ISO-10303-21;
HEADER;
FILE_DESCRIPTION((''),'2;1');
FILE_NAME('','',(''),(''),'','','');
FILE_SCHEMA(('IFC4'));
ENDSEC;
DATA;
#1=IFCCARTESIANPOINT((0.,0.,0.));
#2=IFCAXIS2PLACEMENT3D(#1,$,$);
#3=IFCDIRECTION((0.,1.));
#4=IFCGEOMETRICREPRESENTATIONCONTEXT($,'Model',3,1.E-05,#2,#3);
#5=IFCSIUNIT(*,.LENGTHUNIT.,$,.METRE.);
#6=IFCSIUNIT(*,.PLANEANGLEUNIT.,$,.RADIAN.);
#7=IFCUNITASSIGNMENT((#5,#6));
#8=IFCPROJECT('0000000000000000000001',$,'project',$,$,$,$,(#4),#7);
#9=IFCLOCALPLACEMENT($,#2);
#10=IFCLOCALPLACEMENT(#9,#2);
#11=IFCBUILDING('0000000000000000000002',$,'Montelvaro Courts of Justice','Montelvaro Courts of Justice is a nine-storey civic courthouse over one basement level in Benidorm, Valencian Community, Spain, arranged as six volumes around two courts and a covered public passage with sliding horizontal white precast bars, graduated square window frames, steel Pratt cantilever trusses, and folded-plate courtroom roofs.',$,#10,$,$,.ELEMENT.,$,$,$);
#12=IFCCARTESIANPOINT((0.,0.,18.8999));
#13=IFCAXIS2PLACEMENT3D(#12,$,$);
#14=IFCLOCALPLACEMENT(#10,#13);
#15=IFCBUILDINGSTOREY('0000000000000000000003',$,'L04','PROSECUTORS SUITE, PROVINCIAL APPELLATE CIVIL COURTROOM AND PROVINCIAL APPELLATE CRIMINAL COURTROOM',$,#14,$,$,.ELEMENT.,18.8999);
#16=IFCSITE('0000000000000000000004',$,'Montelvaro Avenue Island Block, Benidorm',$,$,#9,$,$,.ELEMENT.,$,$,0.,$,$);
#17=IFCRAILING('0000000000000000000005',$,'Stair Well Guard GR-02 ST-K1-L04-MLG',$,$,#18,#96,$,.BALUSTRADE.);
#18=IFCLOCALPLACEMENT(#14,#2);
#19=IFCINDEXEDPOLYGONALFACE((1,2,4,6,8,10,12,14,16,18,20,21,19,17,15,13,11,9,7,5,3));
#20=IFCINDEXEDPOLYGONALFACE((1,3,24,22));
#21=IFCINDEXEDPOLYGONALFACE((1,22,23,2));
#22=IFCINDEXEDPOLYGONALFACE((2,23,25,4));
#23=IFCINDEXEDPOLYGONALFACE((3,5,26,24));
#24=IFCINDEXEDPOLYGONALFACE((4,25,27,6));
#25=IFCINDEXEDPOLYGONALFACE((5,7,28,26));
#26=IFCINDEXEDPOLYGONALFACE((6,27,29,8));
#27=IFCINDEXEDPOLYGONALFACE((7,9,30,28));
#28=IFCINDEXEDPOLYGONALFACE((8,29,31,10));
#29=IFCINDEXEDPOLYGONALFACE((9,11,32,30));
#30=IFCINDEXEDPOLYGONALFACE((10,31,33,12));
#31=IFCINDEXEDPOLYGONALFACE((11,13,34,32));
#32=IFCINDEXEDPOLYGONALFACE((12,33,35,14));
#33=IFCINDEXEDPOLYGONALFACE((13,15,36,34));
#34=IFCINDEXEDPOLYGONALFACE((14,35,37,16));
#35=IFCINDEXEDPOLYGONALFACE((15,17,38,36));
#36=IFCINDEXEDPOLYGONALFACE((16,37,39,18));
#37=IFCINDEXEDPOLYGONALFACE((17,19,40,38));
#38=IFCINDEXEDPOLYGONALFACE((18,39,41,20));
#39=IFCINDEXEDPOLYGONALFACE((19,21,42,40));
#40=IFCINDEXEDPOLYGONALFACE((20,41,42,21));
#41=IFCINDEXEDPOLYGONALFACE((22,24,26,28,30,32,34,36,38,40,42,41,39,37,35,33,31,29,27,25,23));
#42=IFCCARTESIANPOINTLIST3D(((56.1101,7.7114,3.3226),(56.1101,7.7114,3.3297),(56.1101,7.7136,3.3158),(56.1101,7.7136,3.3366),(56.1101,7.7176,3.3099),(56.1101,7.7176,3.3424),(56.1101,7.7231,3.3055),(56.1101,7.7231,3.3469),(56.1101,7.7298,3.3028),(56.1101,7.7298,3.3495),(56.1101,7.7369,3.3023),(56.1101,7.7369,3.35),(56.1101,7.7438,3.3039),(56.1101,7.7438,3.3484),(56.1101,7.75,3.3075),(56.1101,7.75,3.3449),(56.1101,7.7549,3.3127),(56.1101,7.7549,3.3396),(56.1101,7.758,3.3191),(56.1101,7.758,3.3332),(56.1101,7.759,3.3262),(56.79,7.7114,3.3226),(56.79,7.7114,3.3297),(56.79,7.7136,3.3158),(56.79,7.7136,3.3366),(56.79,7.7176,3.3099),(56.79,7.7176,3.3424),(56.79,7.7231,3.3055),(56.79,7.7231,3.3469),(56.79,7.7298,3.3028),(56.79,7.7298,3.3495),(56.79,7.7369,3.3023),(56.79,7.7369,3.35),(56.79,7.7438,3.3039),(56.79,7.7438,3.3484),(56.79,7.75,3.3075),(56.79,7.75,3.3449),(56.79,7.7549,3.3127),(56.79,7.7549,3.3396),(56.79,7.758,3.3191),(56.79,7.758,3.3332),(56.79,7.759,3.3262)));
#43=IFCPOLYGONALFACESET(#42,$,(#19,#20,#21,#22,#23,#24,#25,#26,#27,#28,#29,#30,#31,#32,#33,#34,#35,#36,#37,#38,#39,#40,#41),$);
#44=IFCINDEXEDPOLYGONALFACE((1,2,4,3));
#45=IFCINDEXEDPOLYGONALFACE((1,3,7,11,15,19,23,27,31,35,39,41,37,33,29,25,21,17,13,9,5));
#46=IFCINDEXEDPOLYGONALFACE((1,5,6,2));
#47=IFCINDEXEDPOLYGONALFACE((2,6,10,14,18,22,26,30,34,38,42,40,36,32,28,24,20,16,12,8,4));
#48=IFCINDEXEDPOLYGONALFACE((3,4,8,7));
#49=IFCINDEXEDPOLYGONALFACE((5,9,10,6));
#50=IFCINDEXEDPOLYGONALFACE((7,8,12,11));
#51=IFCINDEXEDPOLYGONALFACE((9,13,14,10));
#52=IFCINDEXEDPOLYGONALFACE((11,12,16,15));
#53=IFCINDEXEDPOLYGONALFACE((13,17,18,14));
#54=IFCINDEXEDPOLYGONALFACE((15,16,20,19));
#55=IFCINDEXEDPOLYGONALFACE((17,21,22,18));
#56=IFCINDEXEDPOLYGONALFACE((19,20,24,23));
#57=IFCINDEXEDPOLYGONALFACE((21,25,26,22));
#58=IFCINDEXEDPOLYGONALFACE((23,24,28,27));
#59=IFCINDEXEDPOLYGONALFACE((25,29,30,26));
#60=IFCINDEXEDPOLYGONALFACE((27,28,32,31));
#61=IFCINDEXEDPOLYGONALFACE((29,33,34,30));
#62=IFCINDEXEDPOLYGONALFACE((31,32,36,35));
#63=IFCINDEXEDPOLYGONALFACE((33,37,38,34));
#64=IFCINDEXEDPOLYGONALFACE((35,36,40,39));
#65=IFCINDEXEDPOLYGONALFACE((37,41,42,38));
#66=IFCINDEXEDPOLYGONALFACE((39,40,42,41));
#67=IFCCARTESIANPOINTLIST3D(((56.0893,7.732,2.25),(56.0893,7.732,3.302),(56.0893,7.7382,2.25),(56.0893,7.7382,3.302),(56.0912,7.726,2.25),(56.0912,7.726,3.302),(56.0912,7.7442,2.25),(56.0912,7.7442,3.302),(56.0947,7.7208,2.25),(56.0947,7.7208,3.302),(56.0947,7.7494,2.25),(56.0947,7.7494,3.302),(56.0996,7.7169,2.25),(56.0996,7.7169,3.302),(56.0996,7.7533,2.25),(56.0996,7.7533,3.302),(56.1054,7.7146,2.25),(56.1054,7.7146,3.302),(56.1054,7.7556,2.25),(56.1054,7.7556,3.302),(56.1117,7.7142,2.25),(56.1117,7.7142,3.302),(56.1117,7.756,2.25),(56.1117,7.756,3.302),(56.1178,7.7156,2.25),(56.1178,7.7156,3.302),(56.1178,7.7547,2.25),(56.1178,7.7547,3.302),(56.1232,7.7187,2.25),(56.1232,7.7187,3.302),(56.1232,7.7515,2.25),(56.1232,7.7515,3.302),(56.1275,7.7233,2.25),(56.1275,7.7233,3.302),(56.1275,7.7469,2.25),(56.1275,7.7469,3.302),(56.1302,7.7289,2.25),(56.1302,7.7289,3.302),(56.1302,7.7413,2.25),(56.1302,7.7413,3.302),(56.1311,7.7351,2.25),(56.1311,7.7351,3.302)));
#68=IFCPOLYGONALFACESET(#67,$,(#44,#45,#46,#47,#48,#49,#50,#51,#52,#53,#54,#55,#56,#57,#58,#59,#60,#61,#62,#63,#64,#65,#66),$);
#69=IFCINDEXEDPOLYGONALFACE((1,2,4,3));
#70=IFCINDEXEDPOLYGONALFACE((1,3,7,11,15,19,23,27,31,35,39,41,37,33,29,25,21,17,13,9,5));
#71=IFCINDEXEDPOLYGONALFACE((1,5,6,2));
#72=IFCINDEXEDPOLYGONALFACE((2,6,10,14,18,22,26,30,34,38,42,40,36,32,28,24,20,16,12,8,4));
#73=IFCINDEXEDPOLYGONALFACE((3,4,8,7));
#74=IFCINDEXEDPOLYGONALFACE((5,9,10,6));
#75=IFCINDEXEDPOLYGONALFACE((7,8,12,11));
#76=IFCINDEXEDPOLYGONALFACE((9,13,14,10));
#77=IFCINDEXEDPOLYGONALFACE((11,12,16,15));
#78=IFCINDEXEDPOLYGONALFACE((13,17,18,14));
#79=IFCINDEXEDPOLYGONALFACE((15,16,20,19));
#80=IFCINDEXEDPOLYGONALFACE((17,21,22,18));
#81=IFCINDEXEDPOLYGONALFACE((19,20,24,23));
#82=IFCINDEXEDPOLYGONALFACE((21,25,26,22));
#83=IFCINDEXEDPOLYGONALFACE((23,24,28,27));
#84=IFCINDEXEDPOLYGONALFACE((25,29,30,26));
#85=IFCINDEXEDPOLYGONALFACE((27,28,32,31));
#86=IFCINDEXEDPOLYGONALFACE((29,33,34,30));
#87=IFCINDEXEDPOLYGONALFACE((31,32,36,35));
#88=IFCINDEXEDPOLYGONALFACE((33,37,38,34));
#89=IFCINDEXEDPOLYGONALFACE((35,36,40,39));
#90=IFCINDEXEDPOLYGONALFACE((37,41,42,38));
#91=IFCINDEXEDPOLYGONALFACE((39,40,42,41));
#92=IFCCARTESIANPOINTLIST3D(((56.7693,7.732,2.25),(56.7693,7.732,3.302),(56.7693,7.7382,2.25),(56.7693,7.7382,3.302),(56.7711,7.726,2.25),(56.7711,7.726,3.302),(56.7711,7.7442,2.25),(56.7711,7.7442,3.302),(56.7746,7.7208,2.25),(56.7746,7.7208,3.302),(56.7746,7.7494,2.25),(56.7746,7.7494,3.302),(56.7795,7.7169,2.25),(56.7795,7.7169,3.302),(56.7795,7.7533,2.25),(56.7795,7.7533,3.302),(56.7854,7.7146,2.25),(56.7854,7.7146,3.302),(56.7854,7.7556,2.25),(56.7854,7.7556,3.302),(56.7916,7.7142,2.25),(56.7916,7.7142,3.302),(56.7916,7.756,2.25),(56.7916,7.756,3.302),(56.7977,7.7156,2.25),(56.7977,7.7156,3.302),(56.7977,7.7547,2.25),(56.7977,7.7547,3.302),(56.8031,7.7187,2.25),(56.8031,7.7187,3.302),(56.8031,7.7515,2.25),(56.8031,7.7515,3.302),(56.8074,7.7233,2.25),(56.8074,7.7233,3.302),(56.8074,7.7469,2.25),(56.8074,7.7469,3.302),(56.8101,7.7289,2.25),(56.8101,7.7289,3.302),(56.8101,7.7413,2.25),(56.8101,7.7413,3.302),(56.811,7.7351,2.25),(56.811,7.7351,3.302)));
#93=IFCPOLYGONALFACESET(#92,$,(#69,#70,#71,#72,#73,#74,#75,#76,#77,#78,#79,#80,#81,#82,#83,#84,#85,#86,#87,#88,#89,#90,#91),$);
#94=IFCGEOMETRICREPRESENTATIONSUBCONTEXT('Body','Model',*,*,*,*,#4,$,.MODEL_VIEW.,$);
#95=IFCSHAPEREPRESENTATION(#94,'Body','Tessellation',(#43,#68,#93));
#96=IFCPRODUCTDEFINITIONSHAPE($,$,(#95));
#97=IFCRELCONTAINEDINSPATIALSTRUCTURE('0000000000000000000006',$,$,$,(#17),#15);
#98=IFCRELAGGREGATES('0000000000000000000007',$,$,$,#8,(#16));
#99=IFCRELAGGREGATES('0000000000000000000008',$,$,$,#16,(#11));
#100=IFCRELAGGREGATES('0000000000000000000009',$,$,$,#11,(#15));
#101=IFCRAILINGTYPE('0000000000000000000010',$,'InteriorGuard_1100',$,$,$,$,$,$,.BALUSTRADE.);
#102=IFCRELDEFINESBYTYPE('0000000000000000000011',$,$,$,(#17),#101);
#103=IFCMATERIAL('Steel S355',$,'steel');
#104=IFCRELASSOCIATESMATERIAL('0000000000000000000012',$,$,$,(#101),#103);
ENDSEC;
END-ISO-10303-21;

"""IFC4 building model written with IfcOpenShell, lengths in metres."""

from ifc_helpers import new_model, si_unit, direction, frame, origin, origin_2d, place, context, subcontext, project, spatial, circle, extrude, material, type_object, element, save


model = new_model("IFC4")

# Units and contexts
model_context = context("Model", 3, precision=1e-05, world=origin(), true_north=direction((0.0, 1.0)))
body_context = subcontext(model_context, "Body", "Model", "MODEL_VIEW")
ifc_project = project(units=[si_unit("LENGTHUNIT", "METRE"), si_unit("PLANEANGLEUNIT", "RADIAN")], contexts=[model_context])

# Site, building, storey
site_placement = place(None, origin())
site = spatial("IfcSite", under=ifc_project, at=site_placement, Name="Montelvaro Avenue Island Block, Benidorm", CompositionType="ELEMENT", RefElevation=0.0)
building_placement = place(site_placement, origin())
building = spatial("IfcBuilding", under=site, at=building_placement, Name="Montelvaro Courts of Justice", Description="Montelvaro Courts of Justice is a nine-storey civic courthouse over one basement level in Benidorm, Valencian Community, Spain, arranged as six volumes around two courts and a covered public passage with sliding horizontal white precast bars, graduated square window frames, steel Pratt cantilever trusses, and folded-plate courtroom roofs.", CompositionType="ELEMENT")
storey_placement = place(building_placement, frame((0.0, 0.0, 18.8999)))
storey = spatial("IfcBuildingStorey", under=building, at=storey_placement, Name="L04", Description="PROSECUTORS SUITE, PROVINCIAL APPELLATE CIVIL COURTROOM AND PROVINCIAL APPELLATE CRIMINAL COURTROOM", CompositionType="ELEMENT", Elevation=18.8999)

# Shared definitions
ifc_material_1 = material(Name="Steel S355", Category="steel")

# Railing
railing_type_1 = type_object("IfcRailingType", Name="InteriorGuard_1100", PredefinedType="BALUSTRADE", material=ifc_material_1)
railing_1_placement = place(storey_placement, frame((56.1101, 7.7351, 2.25)))
element("IfcRailing", 1, at=railing_1_placement, inside=storey, type_object=railing_type_1, Name="Stair Well Guard GR-02 ST-K1-L04-MLG", PredefinedType="BALUSTRADE", context=body_context, shape_type="SweptSolid", body=[
    extrude(circle(Radius=0.0239, at=origin_2d()), frame((0.0, 0.0, 1.0762), z_axis=(1.0, 0.0, 0.0), x_axis=(0.0, 1.0, 0.0)), (0.0, 0.0, 1.0), 0.6799),
    extrude(circle(Radius=0.021, at=origin_2d()), origin(), (0.0, 0.0, 1.0), 1.052),
    extrude(circle(Radius=0.021, at=origin_2d()), frame((0.6799, 0.0, 0.0)), (0.0, 0.0, 1.0), 1.052),
])

save(model, "model.ifc")
